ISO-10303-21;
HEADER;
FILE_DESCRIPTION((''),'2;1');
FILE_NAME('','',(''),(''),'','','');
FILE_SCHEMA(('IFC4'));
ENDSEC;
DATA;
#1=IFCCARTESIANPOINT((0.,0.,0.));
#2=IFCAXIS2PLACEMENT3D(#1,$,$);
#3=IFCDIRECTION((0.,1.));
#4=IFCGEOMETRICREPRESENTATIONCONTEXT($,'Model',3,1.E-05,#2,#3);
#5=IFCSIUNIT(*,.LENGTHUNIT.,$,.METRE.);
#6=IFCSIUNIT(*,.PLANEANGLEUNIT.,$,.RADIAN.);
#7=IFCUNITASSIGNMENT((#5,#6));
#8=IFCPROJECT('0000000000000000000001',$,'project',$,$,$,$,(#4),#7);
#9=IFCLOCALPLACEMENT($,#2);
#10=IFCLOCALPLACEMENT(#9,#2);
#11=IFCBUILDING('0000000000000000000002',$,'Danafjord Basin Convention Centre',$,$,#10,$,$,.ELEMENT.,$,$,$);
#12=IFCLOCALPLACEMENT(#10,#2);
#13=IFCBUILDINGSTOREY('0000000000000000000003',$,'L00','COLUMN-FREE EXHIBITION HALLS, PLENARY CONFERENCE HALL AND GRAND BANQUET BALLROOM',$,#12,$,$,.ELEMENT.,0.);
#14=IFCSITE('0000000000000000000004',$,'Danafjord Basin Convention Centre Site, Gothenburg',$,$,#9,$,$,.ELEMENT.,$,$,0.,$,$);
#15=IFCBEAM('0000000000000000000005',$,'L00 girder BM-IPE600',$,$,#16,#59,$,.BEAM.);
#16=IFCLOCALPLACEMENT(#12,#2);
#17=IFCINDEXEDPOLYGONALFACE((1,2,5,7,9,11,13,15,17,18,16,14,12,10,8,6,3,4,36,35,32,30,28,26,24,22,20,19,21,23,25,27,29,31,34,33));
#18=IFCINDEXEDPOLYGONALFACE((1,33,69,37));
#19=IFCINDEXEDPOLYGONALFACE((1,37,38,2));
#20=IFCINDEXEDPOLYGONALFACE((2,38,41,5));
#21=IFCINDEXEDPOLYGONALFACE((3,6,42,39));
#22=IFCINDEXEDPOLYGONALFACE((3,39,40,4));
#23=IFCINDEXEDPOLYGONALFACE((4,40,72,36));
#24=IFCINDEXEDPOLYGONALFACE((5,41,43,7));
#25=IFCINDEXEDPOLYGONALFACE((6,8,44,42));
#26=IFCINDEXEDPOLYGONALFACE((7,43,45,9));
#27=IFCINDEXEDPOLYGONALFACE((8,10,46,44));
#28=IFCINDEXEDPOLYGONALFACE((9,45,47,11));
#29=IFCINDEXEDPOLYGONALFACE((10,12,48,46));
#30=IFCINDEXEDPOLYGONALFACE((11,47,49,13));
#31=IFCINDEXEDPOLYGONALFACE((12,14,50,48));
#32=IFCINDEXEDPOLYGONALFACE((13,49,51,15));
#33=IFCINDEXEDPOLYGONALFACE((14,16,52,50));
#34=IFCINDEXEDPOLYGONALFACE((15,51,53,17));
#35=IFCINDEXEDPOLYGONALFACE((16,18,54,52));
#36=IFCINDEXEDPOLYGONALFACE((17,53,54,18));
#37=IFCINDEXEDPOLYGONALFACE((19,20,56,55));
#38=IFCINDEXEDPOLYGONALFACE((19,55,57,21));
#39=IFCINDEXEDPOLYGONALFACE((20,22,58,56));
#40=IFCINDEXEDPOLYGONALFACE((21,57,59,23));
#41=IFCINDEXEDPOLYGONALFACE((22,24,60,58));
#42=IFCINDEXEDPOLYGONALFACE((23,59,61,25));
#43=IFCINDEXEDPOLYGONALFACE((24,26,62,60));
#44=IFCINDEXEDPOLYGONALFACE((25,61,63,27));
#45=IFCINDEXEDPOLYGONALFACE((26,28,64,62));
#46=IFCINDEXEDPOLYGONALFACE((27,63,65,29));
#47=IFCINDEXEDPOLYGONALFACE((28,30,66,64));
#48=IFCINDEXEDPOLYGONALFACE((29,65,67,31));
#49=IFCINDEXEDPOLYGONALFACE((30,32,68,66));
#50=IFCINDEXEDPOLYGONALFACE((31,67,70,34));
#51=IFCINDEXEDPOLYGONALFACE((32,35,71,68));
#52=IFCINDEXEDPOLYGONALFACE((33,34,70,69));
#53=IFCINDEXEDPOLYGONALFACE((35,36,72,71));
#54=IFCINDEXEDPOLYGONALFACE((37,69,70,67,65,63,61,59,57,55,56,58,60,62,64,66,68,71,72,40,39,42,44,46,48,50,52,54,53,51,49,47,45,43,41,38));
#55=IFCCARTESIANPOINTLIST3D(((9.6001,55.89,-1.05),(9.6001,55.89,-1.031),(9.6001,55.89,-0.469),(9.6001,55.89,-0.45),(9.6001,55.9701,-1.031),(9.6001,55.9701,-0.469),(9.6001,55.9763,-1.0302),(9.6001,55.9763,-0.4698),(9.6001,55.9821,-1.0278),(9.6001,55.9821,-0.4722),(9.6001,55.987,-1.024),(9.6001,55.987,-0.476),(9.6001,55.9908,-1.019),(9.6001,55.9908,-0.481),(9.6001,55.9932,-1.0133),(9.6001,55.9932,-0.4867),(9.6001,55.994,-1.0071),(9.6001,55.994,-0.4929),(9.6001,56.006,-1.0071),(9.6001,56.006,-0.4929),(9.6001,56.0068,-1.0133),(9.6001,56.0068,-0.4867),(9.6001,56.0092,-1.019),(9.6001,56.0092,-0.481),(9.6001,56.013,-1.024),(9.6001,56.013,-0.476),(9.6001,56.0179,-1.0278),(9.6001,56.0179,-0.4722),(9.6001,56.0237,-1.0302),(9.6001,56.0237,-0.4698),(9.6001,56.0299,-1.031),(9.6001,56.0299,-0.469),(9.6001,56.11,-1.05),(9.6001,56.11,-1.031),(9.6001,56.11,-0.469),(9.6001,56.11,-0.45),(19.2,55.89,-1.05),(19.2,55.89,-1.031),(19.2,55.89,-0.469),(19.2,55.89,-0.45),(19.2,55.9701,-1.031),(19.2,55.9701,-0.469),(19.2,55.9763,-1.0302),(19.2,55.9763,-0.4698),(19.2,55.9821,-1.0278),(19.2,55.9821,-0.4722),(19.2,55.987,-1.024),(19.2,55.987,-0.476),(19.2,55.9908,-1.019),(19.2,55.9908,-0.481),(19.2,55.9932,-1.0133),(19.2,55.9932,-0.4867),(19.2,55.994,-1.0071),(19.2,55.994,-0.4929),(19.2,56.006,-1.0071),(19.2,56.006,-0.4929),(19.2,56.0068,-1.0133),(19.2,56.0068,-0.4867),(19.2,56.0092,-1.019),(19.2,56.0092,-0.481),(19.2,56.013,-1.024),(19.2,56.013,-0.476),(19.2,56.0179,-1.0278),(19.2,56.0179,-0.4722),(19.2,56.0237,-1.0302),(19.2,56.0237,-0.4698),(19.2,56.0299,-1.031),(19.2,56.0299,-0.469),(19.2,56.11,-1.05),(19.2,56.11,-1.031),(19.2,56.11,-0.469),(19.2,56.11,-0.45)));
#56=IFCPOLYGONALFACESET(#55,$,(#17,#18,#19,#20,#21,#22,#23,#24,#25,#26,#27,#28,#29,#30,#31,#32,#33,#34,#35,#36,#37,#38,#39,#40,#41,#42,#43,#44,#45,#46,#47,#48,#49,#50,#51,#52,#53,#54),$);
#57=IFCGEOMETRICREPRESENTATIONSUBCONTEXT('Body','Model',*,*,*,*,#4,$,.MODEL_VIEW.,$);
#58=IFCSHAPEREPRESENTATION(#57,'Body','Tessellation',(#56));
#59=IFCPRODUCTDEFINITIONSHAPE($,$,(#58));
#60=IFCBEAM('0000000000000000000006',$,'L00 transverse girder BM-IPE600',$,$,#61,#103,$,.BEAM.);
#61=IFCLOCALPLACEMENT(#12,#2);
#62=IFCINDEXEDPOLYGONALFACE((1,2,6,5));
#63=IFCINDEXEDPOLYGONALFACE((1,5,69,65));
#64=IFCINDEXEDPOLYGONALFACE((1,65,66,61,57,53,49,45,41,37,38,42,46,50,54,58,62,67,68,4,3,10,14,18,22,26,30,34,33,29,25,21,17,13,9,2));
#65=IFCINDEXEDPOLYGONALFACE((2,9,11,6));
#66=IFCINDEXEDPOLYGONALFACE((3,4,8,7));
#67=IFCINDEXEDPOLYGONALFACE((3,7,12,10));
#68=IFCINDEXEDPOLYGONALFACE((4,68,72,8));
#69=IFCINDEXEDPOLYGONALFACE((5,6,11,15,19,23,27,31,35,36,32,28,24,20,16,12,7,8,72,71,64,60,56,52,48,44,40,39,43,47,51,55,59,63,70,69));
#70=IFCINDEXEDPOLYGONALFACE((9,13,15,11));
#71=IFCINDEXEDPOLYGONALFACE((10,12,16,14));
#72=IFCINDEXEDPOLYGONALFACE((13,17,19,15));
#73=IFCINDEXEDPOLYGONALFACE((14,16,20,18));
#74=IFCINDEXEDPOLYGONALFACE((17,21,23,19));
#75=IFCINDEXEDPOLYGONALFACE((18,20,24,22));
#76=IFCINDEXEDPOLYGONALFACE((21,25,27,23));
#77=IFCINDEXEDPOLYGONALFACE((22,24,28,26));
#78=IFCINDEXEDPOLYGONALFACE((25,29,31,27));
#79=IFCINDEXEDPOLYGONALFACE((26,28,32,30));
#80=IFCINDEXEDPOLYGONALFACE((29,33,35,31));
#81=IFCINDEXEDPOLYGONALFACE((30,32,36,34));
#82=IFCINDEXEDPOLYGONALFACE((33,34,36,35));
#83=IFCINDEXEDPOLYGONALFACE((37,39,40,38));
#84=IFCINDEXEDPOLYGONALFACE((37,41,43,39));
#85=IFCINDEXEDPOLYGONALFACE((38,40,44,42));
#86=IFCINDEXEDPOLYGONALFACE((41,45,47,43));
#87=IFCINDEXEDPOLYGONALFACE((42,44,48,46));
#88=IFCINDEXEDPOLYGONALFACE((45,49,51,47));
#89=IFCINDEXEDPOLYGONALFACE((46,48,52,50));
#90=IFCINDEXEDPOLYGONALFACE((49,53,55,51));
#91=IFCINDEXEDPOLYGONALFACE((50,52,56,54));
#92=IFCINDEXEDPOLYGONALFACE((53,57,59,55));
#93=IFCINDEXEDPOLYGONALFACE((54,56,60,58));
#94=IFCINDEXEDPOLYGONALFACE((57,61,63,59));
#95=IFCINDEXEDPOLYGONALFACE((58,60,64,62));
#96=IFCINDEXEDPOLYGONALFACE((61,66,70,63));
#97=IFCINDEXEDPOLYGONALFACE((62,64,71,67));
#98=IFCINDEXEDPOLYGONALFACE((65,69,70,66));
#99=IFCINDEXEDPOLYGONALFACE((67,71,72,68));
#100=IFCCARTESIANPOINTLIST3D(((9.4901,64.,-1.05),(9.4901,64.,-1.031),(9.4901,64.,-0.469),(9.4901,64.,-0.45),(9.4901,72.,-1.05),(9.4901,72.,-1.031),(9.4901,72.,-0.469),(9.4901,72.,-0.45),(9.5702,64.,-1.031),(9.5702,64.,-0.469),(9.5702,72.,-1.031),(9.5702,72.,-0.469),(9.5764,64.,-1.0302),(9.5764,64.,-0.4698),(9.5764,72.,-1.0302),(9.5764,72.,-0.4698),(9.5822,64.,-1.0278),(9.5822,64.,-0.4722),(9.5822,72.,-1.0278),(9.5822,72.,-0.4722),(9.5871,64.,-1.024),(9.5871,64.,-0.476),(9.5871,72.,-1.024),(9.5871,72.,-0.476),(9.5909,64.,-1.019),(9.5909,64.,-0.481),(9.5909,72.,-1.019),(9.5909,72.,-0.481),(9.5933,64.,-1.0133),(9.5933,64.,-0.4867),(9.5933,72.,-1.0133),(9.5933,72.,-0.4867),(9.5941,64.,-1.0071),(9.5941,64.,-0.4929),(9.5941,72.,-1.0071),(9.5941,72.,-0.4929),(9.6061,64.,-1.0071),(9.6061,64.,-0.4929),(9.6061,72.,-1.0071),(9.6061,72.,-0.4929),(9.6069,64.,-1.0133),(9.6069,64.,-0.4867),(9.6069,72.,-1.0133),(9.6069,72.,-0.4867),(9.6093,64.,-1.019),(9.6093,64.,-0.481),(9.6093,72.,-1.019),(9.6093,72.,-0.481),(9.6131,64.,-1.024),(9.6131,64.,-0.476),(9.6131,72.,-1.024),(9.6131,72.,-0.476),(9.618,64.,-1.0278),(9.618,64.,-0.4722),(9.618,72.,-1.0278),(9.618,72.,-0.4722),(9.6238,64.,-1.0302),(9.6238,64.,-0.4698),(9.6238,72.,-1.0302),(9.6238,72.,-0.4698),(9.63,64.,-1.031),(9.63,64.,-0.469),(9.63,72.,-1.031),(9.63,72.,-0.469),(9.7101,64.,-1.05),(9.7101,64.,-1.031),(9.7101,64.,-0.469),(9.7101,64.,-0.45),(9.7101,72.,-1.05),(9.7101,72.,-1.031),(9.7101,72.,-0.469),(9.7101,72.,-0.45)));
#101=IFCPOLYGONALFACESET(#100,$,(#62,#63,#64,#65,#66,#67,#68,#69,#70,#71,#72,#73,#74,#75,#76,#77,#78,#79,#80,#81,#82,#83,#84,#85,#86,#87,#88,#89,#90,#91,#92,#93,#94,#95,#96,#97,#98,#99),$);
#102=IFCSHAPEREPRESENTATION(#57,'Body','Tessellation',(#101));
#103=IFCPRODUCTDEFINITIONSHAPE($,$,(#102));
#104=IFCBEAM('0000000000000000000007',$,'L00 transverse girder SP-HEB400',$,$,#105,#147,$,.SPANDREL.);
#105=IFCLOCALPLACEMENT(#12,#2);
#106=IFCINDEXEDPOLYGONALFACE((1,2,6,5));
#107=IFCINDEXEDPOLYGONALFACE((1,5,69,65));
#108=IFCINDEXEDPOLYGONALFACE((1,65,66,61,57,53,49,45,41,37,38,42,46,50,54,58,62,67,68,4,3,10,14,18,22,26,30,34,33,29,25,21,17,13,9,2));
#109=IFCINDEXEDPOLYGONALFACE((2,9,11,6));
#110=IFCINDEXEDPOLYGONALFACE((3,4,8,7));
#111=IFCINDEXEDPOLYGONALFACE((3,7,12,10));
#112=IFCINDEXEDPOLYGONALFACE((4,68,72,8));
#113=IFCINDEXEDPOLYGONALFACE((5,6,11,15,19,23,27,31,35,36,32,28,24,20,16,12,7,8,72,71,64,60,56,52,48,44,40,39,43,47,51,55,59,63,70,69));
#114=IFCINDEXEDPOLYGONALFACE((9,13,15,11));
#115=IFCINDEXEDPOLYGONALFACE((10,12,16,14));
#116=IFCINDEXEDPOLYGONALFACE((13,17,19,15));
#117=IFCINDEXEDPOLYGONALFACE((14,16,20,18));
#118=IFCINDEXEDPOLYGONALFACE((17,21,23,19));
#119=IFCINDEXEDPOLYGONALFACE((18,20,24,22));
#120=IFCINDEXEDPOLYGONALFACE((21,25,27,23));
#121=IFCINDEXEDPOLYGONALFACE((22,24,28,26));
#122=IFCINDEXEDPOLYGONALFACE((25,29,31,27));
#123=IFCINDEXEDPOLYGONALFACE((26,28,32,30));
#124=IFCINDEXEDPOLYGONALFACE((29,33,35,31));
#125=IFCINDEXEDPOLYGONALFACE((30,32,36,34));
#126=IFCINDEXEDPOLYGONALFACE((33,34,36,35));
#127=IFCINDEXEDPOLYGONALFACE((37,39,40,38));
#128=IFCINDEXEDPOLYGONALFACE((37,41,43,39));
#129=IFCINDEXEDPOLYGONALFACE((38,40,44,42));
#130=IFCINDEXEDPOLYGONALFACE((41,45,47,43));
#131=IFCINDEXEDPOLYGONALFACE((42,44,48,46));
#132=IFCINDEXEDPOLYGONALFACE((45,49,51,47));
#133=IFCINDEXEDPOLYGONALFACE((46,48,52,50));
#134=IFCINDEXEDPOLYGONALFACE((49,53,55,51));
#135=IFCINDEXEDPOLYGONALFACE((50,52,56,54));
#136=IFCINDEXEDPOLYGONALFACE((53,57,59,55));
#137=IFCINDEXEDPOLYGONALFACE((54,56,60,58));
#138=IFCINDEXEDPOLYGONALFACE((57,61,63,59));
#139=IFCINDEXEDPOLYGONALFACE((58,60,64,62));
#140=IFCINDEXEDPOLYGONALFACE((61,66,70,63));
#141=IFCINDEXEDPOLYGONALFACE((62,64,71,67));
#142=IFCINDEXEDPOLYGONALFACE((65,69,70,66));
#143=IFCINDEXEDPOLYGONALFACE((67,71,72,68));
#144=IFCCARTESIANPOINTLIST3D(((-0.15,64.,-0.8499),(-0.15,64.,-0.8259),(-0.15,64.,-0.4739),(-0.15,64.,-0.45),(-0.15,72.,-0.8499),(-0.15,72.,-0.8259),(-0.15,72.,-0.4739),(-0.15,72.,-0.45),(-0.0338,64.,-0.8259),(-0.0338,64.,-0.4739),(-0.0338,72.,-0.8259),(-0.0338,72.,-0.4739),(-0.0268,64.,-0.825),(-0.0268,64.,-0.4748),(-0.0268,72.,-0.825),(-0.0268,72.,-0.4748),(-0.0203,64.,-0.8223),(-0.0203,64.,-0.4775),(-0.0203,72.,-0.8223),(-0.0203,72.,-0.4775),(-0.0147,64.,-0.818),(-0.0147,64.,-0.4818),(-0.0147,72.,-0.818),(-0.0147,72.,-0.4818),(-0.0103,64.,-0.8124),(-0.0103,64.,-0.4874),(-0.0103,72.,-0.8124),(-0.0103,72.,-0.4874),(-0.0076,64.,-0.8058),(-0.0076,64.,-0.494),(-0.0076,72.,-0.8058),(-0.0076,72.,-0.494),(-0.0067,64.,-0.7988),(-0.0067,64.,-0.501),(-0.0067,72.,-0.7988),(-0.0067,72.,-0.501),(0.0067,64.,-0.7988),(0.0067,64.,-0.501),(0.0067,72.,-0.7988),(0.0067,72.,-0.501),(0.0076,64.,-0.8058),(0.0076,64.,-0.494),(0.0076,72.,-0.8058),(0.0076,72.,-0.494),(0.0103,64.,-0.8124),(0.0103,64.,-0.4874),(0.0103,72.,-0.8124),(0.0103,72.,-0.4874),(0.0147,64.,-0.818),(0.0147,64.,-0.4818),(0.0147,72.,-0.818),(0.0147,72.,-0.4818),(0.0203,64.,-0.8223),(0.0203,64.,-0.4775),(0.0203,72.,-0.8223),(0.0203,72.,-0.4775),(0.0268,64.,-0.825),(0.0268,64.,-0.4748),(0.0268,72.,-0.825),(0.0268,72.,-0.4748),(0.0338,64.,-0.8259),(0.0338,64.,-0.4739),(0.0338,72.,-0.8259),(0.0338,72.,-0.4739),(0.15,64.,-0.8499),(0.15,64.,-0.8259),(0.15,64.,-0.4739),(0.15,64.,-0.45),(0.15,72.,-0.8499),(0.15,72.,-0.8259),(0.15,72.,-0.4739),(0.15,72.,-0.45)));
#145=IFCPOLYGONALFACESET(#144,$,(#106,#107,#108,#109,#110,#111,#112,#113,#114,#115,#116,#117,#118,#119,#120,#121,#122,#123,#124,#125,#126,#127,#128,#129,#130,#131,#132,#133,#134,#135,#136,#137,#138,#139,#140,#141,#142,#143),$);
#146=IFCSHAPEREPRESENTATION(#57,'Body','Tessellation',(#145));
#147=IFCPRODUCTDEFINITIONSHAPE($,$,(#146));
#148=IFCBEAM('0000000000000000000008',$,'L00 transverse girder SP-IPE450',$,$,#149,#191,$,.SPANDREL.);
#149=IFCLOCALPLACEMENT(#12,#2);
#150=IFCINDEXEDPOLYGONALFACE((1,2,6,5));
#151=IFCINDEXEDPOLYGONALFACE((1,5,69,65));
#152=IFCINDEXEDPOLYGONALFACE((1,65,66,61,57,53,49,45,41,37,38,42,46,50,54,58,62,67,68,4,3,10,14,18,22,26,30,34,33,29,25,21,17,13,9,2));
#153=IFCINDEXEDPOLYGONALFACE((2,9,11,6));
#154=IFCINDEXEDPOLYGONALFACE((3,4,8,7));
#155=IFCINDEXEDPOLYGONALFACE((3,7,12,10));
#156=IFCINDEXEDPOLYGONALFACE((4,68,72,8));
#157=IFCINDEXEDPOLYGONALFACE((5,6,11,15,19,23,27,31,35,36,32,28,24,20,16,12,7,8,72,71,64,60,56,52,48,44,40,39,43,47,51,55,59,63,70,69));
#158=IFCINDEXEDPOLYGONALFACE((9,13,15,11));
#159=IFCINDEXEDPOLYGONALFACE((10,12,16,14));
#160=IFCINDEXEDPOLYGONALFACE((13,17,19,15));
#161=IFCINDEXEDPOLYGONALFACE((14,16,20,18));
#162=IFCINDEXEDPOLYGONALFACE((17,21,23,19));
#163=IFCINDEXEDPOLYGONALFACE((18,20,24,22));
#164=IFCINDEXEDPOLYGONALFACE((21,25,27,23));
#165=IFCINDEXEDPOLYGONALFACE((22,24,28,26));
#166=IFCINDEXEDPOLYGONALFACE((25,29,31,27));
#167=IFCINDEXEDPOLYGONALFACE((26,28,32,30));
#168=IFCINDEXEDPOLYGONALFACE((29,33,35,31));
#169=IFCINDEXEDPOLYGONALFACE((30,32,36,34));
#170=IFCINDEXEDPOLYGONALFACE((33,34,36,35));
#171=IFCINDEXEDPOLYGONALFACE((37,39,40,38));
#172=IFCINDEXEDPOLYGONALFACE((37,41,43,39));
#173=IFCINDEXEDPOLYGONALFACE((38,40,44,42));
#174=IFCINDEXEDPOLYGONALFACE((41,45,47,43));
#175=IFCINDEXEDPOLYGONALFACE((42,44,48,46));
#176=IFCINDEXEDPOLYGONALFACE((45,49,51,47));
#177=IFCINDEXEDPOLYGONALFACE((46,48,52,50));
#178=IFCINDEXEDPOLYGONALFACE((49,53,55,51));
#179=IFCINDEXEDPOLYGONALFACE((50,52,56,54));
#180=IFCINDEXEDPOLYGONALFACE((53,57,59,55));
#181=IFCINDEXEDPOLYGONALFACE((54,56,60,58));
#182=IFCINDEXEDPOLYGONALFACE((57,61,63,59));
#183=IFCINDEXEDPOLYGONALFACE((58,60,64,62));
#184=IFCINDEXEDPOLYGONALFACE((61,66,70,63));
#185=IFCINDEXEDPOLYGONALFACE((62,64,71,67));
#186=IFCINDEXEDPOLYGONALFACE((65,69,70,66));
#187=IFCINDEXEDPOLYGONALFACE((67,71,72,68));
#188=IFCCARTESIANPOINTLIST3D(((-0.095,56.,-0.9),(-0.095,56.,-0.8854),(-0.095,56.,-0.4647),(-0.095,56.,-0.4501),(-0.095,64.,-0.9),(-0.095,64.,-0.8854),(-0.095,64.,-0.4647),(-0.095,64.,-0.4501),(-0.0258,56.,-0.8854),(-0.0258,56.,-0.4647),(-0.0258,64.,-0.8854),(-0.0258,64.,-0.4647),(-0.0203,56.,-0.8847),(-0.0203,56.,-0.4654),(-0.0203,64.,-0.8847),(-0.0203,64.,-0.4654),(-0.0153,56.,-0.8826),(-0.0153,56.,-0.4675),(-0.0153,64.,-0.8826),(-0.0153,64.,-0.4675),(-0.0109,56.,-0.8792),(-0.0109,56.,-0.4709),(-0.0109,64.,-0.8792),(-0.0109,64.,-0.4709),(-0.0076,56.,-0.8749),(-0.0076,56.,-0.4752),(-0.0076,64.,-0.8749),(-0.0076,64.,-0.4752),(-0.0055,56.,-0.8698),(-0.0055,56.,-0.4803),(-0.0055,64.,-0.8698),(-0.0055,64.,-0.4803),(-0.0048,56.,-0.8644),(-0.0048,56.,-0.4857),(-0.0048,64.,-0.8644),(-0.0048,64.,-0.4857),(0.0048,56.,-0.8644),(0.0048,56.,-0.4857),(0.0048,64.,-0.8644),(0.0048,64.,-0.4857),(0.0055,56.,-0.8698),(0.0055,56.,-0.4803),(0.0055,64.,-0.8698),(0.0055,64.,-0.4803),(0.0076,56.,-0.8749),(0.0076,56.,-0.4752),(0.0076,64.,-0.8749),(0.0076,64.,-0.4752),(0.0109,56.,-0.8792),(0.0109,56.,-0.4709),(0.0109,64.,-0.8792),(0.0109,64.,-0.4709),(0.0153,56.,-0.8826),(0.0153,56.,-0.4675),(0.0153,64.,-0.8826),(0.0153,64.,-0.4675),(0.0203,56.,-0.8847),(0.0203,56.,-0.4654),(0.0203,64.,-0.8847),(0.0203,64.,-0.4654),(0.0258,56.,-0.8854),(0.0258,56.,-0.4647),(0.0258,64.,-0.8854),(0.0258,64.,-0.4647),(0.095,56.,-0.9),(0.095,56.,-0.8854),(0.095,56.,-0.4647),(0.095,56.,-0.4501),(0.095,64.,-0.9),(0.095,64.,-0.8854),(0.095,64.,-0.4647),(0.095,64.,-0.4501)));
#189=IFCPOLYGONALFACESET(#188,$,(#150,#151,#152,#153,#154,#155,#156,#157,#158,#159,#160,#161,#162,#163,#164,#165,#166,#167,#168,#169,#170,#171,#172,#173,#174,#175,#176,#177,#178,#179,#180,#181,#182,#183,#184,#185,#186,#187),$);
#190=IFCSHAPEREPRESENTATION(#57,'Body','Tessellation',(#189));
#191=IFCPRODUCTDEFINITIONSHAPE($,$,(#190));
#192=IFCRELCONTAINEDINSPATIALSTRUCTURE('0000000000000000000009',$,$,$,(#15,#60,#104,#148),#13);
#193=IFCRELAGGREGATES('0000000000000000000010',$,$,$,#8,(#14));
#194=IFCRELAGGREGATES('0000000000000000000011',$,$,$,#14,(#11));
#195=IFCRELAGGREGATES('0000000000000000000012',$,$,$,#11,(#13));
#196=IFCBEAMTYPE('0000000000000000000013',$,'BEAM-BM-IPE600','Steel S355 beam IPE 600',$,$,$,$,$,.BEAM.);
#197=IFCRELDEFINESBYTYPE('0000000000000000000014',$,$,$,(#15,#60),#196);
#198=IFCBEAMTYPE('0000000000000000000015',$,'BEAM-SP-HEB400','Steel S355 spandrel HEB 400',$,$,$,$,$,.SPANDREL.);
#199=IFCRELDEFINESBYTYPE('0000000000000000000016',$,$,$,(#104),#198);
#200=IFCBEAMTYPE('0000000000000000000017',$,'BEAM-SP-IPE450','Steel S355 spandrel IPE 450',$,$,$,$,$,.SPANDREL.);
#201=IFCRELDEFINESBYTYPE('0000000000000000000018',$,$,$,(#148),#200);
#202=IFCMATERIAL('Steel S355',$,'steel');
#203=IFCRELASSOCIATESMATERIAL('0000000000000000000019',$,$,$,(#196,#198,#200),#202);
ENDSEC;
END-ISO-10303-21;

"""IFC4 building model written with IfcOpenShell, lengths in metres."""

from ifc_helpers import new_model, si_unit, direction, frame, origin, origin_2d, place, context, subcontext, project, spatial, i_section, extrude, material, material_profile, profile_set, type_object, element, save


model = new_model("IFC4")

# Units and contexts
model_context = context("Model", 3, precision=1e-05, world=origin(), true_north=direction((0.0, 1.0)))
body_context = subcontext(model_context, "Body", "Model", "MODEL_VIEW")
ifc_project = project(units=[si_unit("LENGTHUNIT", "METRE"), si_unit("PLANEANGLEUNIT", "RADIAN")], contexts=[model_context])

# Site, building, storey
site_placement = place(None, origin())
site = spatial("IfcSite", under=ifc_project, at=site_placement, Name="Danafjord Basin Convention Centre Site, Gothenburg", CompositionType="ELEMENT", RefElevation=0.0)
building_placement = place(site_placement, origin())
building = spatial("IfcBuilding", under=site, at=building_placement, Name="Danafjord Basin Convention Centre", CompositionType="ELEMENT")
storey_placement = place(building_placement, origin())
storey = spatial("IfcBuildingStorey", under=building, at=storey_placement, Name="L00", Description="COLUMN-FREE EXHIBITION HALLS, PLENARY CONFERENCE HALL AND GRAND BANQUET BALLROOM", CompositionType="ELEMENT", Elevation=0.0)

# Beams
ifc_material_1 = material(Name="Steel S355", Category="steel")
ifc_material_profile_1 = material_profile(ifc_material_1, i_section(OverallWidth=0.22, OverallDepth=0.6001, WebThickness=0.012, FlangeThickness=0.019, FilletRadius=0.0239, at=origin_2d()), Name="IPE 600")
ifc_profile_set_1 = profile_set([ifc_material_profile_1], Name="Steel S355")
beam_type_1 = type_object("IfcBeamType", Name="BEAM-BM-IPE600", Description="Steel S355 beam IPE 600", PredefinedType="BEAM", material=ifc_profile_set_1)
beam_1_placement = place(storey_placement, frame((9.6001, 56.0, -0.75), z_axis=(1.0, 0.0, 0.0), x_axis=(0.0, 1.0, 0.0)))
element("IfcBeam", 1, at=beam_1_placement, inside=storey, type_object=beam_type_1, Name="L00 girder BM-IPE600", PredefinedType="BEAM", context=body_context, shape_type="SweptSolid", body=[
    extrude(i_section(OverallWidth=0.22, OverallDepth=0.6001, WebThickness=0.012, FlangeThickness=0.019, FilletRadius=0.0239, at=origin_2d()), origin(), (0.0, 0.0, 1.0), 9.5999),
])
beam_2_placement = place(storey_placement, frame((9.6001, 64.0, -0.75), z_axis=(0.0, 1.0, 0.0), x_axis=(-1.0, 0.0, 0.0)))
element("IfcBeam", 2, at=beam_2_placement, inside=storey, type_object=beam_type_1, Name="L00 transverse girder BM-IPE600", PredefinedType="BEAM", context=body_context, shape_type="SweptSolid", body=[
    extrude(i_section(OverallWidth=0.22, OverallDepth=0.6001, WebThickness=0.012, FlangeThickness=0.019, FilletRadius=0.0239, at=origin_2d()), origin(), (0.0, 0.0, 1.0), 8.0),
])
ifc_material_profile_2 = material_profile(ifc_material_1, i_section(OverallWidth=0.3, OverallDepth=0.3999, WebThickness=0.0134, FlangeThickness=0.0239, FilletRadius=0.0271, at=origin_2d()), Name="HEB 400")
ifc_profile_set_2 = profile_set([ifc_material_profile_2], Name="Steel S355")
beam_type_2 = type_object("IfcBeamType", Name="BEAM-SP-HEB400", Description="Steel S355 spandrel HEB 400", PredefinedType="SPANDREL", material=ifc_profile_set_2)
beam_3_placement = place(storey_placement, frame((0.0, 64.0, -0.6499), z_axis=(0.0, 1.0, 0.0), x_axis=(-1.0, 0.0, 0.0)))
element("IfcBeam", 3, at=beam_3_placement, inside=storey, type_object=beam_type_2, Name="L00 transverse girder SP-HEB400", PredefinedType="SPANDREL", context=body_context, shape_type="SweptSolid", body=[
    extrude(i_section(OverallWidth=0.3, OverallDepth=0.3999, WebThickness=0.0134, FlangeThickness=0.0239, FilletRadius=0.0271, at=origin_2d()), origin(), (0.0, 0.0, 1.0), 8.0),
])
ifc_material_profile_3 = material_profile(ifc_material_1, i_section(OverallWidth=0.1899, OverallDepth=0.45, WebThickness=0.0095, FlangeThickness=0.0146, FilletRadius=0.021, at=origin_2d()), Name="IPE 450")
ifc_profile_set_3 = profile_set([ifc_material_profile_3], Name="Steel S355")
beam_type_3 = type_object("IfcBeamType", Name="BEAM-SP-IPE450", Description="Steel S355 spandrel IPE 450", PredefinedType="SPANDREL", material=ifc_profile_set_3)
beam_4_placement = place(storey_placement, frame((0.0, 56.0, -0.675), z_axis=(0.0, 1.0, 0.0), x_axis=(-1.0, 0.0, 0.0)))
element("IfcBeam", 4, at=beam_4_placement, inside=storey, type_object=beam_type_3, Name="L00 transverse girder SP-IPE450", PredefinedType="SPANDREL", context=body_context, shape_type="SweptSolid", body=[
    extrude(i_section(OverallWidth=0.1899, OverallDepth=0.45, WebThickness=0.0095, FlangeThickness=0.0146, FilletRadius=0.021, at=origin_2d()), origin(), (0.0, 0.0, 1.0), 8.0),
])

save(model, "model.ifc")
